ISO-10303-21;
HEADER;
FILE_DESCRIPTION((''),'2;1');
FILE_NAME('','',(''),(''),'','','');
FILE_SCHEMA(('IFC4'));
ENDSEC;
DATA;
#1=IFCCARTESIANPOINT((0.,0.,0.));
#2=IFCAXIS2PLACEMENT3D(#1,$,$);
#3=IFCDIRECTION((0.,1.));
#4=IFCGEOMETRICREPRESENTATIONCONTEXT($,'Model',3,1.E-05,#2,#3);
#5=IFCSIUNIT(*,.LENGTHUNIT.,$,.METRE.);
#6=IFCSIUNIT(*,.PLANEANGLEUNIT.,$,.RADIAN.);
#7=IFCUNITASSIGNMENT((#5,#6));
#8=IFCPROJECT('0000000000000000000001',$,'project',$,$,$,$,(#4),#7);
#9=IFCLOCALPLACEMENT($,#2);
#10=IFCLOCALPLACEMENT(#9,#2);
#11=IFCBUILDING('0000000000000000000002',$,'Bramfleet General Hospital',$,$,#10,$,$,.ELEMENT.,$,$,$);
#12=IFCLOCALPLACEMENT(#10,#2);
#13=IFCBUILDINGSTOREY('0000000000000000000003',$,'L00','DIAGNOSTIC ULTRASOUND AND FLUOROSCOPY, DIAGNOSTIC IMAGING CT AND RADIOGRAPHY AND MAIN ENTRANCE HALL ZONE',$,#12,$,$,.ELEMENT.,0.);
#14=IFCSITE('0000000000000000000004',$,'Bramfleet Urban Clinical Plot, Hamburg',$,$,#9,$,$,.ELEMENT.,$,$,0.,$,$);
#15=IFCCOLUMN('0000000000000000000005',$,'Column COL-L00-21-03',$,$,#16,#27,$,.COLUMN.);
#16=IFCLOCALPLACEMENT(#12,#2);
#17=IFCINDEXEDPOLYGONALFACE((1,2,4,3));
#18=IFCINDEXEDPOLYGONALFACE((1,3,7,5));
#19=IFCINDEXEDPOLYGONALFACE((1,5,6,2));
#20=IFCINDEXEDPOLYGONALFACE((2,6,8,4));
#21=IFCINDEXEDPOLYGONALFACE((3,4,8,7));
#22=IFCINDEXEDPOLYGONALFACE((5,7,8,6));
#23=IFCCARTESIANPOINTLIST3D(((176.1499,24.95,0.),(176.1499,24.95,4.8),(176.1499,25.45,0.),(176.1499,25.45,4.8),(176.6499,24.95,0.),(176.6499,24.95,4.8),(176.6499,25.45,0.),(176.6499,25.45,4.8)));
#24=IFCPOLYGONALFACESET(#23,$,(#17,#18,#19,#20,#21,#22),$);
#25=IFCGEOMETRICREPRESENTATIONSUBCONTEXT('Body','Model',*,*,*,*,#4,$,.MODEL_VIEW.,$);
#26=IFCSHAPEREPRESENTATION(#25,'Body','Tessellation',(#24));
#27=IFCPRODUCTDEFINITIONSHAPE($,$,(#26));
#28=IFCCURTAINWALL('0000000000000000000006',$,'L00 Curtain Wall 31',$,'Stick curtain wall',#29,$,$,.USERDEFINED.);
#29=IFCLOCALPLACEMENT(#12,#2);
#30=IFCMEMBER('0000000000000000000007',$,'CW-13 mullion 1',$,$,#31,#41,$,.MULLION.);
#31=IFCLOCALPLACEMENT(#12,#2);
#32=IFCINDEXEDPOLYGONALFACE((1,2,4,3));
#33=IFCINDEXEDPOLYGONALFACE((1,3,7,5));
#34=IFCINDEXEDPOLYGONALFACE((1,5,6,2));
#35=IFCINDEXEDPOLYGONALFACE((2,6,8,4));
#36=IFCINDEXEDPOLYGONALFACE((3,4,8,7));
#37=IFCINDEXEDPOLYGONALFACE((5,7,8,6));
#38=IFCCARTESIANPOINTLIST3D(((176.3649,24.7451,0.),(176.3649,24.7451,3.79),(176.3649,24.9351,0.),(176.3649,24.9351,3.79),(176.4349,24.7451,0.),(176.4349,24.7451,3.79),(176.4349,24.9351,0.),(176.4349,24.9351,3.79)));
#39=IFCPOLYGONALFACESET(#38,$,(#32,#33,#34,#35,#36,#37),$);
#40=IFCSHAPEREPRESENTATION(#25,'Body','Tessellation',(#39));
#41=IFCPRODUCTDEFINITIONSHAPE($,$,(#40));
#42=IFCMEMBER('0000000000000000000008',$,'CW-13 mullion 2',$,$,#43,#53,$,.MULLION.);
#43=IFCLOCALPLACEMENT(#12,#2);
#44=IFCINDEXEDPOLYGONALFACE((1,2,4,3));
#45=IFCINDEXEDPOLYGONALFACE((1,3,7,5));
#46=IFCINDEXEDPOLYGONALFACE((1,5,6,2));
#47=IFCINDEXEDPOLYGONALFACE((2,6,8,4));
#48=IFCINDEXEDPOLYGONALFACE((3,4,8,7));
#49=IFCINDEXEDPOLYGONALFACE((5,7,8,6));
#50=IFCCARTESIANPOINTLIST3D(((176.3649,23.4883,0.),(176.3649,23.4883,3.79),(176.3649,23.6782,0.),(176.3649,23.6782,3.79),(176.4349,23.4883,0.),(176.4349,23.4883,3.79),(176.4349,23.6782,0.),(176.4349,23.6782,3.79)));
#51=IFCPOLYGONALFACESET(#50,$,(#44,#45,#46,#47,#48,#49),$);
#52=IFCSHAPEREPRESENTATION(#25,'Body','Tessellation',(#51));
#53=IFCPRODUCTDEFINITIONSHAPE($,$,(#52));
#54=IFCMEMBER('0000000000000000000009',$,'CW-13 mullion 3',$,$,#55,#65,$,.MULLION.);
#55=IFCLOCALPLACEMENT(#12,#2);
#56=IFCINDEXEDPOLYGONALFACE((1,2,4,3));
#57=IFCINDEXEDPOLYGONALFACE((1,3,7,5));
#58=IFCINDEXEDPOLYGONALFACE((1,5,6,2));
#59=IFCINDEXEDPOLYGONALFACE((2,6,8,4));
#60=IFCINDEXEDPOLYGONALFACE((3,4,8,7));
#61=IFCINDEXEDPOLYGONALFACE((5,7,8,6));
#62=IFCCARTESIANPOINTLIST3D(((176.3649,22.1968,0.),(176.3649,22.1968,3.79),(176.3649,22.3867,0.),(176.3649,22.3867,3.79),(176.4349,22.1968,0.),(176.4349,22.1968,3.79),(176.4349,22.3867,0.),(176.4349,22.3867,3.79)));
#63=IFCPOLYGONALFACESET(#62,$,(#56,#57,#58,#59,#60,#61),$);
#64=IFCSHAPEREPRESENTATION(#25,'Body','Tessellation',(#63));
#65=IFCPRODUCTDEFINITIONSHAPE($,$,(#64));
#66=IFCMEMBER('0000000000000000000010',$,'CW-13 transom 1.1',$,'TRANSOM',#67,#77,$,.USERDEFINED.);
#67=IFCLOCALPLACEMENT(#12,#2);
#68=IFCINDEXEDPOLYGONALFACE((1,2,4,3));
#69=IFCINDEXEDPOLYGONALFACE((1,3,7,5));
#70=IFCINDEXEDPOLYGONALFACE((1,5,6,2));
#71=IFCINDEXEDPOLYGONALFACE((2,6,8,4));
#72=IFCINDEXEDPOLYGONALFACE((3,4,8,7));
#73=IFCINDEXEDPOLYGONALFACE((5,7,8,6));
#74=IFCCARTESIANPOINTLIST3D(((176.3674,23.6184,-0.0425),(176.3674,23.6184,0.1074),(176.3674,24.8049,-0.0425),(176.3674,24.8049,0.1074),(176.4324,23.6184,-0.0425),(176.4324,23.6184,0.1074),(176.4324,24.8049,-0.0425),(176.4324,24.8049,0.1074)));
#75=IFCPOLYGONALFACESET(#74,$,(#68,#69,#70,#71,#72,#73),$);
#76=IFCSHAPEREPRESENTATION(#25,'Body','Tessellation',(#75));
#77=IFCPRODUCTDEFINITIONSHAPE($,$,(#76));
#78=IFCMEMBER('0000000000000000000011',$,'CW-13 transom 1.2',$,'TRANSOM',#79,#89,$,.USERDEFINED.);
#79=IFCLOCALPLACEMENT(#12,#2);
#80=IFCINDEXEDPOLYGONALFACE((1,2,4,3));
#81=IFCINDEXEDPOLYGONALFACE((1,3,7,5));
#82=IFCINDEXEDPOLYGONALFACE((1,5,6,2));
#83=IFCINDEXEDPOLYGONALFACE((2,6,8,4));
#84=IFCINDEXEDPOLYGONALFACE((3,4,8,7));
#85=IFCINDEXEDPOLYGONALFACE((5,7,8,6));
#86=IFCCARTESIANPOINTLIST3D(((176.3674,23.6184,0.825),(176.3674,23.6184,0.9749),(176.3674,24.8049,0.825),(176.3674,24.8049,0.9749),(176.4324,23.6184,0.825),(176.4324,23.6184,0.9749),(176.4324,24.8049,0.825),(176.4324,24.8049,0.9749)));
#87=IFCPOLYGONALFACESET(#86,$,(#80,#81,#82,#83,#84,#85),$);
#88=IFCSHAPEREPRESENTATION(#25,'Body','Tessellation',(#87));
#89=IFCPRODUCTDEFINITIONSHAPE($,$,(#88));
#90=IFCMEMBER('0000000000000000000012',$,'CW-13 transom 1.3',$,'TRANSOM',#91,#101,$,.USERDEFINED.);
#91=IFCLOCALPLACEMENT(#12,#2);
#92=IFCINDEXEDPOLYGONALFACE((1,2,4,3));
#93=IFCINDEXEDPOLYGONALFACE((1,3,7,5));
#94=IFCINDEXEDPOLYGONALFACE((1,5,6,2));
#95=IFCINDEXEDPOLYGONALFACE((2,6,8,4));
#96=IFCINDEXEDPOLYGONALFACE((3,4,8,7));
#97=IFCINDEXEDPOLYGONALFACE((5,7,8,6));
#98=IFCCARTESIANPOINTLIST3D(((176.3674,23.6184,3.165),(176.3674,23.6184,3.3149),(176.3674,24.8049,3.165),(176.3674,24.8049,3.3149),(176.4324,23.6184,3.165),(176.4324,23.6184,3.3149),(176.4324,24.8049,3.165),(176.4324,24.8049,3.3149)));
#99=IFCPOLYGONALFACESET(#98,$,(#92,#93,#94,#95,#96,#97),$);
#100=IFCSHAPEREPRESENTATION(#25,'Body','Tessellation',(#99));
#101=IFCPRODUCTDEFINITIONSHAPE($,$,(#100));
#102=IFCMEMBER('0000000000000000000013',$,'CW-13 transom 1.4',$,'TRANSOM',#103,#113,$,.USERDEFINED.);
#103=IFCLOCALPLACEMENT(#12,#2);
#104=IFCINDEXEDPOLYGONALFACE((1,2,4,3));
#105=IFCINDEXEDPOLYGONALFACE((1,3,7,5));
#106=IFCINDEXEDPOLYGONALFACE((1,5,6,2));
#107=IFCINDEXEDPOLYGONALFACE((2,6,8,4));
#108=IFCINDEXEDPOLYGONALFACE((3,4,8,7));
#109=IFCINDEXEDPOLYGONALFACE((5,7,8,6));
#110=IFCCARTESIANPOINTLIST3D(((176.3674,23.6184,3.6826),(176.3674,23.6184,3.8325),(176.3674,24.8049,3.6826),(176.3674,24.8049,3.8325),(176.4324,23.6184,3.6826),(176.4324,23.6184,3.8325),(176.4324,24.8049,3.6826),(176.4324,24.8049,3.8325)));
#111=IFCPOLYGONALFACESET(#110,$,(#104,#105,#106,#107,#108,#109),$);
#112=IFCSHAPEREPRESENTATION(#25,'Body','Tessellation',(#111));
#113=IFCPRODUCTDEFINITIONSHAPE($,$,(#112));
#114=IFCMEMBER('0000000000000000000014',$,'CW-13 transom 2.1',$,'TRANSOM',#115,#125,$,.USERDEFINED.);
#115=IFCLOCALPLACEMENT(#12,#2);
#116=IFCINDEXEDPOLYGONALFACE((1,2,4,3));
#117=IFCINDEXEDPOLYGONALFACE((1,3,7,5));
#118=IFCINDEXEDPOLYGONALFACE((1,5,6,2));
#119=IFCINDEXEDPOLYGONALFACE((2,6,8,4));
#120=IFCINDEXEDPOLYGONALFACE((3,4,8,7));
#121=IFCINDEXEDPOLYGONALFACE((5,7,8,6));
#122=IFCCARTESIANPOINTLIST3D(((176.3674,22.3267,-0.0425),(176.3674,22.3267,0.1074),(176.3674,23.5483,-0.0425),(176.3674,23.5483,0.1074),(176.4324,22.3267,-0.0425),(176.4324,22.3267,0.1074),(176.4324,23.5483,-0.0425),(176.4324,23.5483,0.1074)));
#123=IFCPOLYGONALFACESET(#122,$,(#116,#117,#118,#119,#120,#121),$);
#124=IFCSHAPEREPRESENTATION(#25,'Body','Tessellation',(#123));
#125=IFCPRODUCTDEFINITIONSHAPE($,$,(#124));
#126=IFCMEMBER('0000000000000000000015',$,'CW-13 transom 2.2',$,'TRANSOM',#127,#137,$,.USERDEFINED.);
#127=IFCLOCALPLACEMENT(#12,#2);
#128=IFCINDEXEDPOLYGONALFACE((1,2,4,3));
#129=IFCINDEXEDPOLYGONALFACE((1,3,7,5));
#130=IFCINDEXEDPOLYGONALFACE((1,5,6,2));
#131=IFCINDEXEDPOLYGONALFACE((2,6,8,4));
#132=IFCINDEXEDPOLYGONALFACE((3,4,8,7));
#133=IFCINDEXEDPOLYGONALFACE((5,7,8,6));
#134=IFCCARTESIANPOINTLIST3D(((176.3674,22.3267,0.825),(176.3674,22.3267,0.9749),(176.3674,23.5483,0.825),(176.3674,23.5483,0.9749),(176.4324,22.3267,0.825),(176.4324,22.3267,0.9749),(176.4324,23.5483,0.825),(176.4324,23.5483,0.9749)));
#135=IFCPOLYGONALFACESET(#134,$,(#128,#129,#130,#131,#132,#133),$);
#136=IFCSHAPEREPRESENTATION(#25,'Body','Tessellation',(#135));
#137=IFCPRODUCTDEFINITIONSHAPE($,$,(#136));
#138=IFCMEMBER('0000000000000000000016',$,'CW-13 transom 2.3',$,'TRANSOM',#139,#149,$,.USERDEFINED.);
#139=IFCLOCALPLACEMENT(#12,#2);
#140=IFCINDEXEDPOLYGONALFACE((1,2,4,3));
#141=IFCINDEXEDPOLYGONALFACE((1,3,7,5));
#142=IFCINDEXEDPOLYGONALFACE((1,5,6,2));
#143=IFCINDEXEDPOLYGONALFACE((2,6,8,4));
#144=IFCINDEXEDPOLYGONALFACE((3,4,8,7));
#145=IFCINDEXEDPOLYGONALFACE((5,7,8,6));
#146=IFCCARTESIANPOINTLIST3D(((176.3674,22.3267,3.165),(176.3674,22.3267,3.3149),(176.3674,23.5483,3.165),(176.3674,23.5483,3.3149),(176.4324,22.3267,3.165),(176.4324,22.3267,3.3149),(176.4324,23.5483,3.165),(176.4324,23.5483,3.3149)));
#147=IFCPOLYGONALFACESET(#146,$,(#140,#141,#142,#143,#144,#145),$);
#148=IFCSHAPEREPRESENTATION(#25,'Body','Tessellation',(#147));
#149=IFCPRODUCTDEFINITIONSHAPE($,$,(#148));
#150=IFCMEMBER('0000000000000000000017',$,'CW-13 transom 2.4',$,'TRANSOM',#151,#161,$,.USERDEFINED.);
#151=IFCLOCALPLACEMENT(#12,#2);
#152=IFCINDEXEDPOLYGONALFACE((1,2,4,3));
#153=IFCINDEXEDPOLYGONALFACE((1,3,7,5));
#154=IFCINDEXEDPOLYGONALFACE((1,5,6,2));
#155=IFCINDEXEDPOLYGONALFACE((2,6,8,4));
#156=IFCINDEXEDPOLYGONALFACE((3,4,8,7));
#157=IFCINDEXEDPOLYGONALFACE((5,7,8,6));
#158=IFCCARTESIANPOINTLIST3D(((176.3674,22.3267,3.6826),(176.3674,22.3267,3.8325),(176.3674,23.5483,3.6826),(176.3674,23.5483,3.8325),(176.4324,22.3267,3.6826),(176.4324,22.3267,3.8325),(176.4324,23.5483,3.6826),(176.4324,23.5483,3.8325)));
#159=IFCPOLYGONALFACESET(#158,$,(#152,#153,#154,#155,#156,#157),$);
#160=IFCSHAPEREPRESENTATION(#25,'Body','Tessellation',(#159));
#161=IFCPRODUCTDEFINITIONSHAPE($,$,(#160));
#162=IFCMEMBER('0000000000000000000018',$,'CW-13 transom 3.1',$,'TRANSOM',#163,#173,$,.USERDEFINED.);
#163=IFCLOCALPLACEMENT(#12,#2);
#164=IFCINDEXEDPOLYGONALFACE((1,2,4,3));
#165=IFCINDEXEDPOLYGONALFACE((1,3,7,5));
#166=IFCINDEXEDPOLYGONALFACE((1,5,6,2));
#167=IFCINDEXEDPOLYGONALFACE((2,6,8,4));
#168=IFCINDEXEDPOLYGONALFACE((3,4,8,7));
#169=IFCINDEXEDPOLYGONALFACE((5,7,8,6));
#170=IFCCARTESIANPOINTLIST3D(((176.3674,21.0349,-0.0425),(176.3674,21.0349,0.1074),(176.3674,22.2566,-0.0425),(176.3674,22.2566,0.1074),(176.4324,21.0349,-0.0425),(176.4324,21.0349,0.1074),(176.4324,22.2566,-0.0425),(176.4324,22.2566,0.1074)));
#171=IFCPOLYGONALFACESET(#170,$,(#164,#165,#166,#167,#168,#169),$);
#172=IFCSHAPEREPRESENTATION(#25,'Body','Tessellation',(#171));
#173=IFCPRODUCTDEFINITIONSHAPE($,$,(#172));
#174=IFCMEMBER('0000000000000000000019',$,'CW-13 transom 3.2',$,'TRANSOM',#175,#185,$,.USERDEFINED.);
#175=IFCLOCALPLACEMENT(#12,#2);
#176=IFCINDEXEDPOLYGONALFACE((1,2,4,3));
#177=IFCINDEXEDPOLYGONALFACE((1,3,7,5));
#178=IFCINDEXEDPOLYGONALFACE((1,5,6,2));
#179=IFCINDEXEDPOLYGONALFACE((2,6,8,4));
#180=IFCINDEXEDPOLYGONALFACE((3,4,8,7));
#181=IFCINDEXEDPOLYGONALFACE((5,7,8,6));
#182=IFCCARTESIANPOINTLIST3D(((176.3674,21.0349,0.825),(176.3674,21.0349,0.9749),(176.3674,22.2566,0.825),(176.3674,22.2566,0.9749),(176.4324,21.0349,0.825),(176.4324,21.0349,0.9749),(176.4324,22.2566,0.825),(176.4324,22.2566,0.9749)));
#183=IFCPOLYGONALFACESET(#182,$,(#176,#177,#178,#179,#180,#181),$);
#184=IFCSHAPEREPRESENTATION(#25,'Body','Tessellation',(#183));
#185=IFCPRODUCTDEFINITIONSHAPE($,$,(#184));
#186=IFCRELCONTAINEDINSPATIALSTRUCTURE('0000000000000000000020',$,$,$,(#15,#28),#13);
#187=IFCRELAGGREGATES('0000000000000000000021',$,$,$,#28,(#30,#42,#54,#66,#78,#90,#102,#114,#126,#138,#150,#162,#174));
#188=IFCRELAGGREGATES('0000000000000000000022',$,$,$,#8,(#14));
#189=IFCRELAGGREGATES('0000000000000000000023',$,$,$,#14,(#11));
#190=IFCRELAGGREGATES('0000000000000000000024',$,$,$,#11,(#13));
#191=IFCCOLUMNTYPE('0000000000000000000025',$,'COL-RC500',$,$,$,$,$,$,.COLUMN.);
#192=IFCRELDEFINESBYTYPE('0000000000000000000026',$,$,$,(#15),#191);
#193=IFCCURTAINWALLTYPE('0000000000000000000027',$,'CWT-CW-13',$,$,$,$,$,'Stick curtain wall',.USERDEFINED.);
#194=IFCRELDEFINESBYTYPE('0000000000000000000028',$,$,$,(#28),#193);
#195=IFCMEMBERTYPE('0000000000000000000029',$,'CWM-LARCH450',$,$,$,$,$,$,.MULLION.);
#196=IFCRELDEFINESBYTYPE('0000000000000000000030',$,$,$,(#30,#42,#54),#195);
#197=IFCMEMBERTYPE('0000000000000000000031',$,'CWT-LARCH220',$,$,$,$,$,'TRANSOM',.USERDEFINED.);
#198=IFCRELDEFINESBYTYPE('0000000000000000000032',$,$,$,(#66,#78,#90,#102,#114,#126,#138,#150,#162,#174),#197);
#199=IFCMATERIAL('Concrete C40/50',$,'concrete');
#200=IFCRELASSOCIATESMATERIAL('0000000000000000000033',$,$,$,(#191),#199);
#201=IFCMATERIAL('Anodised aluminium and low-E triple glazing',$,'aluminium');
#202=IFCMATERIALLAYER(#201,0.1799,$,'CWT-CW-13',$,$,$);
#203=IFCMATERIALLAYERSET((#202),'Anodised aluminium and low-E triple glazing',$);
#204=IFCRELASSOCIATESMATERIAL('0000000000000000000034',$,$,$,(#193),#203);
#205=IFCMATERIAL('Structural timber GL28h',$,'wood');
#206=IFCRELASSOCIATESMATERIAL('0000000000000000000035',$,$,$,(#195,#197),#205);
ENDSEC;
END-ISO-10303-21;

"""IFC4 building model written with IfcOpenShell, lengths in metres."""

from ifc_helpers import new_model, si_unit, direction, frame, origin, origin_2d, place, context, subcontext, project, spatial, rectangle, extrude, material, layer, layer_set, material_profile, profile_set, type_object, element, aggregate, save


model = new_model("IFC4")

# Units and contexts
model_context = context("Model", 3, precision=1e-05, world=origin(), true_north=direction((0.0, 1.0)))
body_context = subcontext(model_context, "Body", "Model", "MODEL_VIEW")
ifc_project = project(units=[si_unit("LENGTHUNIT", "METRE"), si_unit("PLANEANGLEUNIT", "RADIAN")], contexts=[model_context])

# Site, building, storey
site_placement = place(None, origin())
site = spatial("IfcSite", under=ifc_project, at=site_placement, Name="Bramfleet Urban Clinical Plot, Hamburg", CompositionType="ELEMENT", RefElevation=0.0)
building_placement = place(site_placement, origin())
building = spatial("IfcBuilding", under=site, at=building_placement, Name="Bramfleet General Hospital", CompositionType="ELEMENT")
storey_placement = place(building_placement, origin())
storey = spatial("IfcBuildingStorey", under=building, at=storey_placement, Name="L00", Description="DIAGNOSTIC ULTRASOUND AND FLUOROSCOPY, DIAGNOSTIC IMAGING CT AND RADIOGRAPHY AND MAIN ENTRANCE HALL ZONE", CompositionType="ELEMENT", Elevation=0.0)

# Column
ifc_material_1 = material(Name="Concrete C40/50", Category="concrete")
ifc_material_profile_1 = material_profile(ifc_material_1, rectangle(XDim=0.5, YDim=0.5, at=origin_2d()), Name="RC COL 500x500")
ifc_profile_set_1 = profile_set([ifc_material_profile_1], Name="Concrete C40/50")
column_type = type_object("IfcColumnType", Name="COL-RC500", PredefinedType="COLUMN", material=ifc_profile_set_1)
column_placement = place(storey_placement, frame((176.3999, 25.2, 0.0), z_axis=(0.0, 0.0, 1.0), x_axis=(1.0, 0.0, 0.0)))
element("IfcColumn", 1, at=column_placement, inside=storey, type_object=column_type, Name="Column COL-L00-21-03", PredefinedType="COLUMN", context=body_context, shape_type="SweptSolid", body=[
    extrude(rectangle(XDim=0.5, YDim=0.5, at=origin_2d()), origin(), (0.0, 0.0, 1.0), 4.8),
])

# Curtain wall, members
ifc_material_2 = material(Name="Anodised aluminium and low-E triple glazing", Category="aluminium")
ifc_layer_1 = layer(ifc_material_2, 0.1799, Name="CWT-CW-13")
ifc_layer_set_1 = layer_set([ifc_layer_1], Name="Anodised aluminium and low-E triple glazing")
curtain_wall_type = type_object("IfcCurtainWallType", Name="CWT-CW-13", ElementType="Stick curtain wall", PredefinedType="USERDEFINED", material=ifc_layer_set_1)
curtain_wall_placement = place(storey_placement, origin())
curtain_wall = element("IfcCurtainWall", 2, at=curtain_wall_placement, inside=storey, type_object=curtain_wall_type, Name="L00 Curtain Wall 31", ObjectType="Stick curtain wall", PredefinedType="USERDEFINED")
ifc_material_3 = material(Name="Structural timber GL28h", Category="wood")
ifc_material_profile_2 = material_profile(ifc_material_3, rectangle(XDim=0.0701, YDim=0.1899, at=origin_2d()), Name="LARCH 190x70")
ifc_profile_set_2 = profile_set([ifc_material_profile_2], Name="Structural timber GL28h")
member_type_1 = type_object("IfcMemberType", Name="CWM-LARCH450", PredefinedType="MULLION", material=ifc_profile_set_2)
member_1_placement = place(storey_placement, frame((176.3999, 24.8401, 0.0), z_axis=(0.0, 0.0, 1.0), x_axis=(1.0, 0.0, 0.0)))
member_1 = element("IfcMember", 3, at=member_1_placement, type_object=member_type_1, Name="CW-13 mullion 1", PredefinedType="MULLION", context=body_context, shape_type="SweptSolid", body=[
    extrude(rectangle(XDim=0.0701, YDim=0.1899, at=origin_2d()), origin(), (0.0, 0.0, 1.0), 3.79),
])
member_2_placement = place(storey_placement, frame((176.3999, 23.5833, 0.0), z_axis=(0.0, 0.0, 1.0), x_axis=(1.0, 0.0, 0.0)))
member_2 = element("IfcMember", 4, at=member_2_placement, type_object=member_type_1, Name="CW-13 mullion 2", PredefinedType="MULLION", context=body_context, shape_type="SweptSolid", body=[
    extrude(rectangle(XDim=0.0701, YDim=0.1899, at=origin_2d()), origin(), (0.0, 0.0, 1.0), 3.79),
])
member_3_placement = place(storey_placement, frame((176.3999, 22.2917, 0.0), z_axis=(0.0, 0.0, 1.0), x_axis=(1.0, 0.0, 0.0)))
member_3 = element("IfcMember", 5, at=member_3_placement, type_object=member_type_1, Name="CW-13 mullion 3", PredefinedType="MULLION", context=body_context, shape_type="SweptSolid", body=[
    extrude(rectangle(XDim=0.0701, YDim=0.1899, at=origin_2d()), origin(), (0.0, 0.0, 1.0), 3.79),
])
ifc_material_profile_3 = material_profile(ifc_material_3, rectangle(XDim=0.0649, YDim=0.1499, at=origin_2d()), Name="LARCH 150x65")
ifc_profile_set_3 = profile_set([ifc_material_profile_3], Name="Structural timber GL28h")
member_type_2 = type_object("IfcMemberType", Name="CWT-LARCH220", ElementType="TRANSOM", PredefinedType="USERDEFINED", material=ifc_profile_set_3)
member_4_placement = place(storey_placement, frame((176.3999, 24.8049, 0.0325), z_axis=(0.0, -1.0, 0.0), x_axis=(1.0, 0.0, 0.0)))
member_4 = element("IfcMember", 6, at=member_4_placement, type_object=member_type_2, Name="CW-13 transom 1.1", ObjectType="TRANSOM", PredefinedType="USERDEFINED", context=body_context, shape_type="SweptSolid", body=[
    extrude(rectangle(XDim=0.0649, YDim=0.1499, at=origin_2d()), origin(), (0.0, 0.0, 1.0), 1.1865),
])
member_5_placement = place(storey_placement, frame((176.3999, 24.8049, 0.8999), z_axis=(0.0, -1.0, 0.0), x_axis=(1.0, 0.0, 0.0)))
member_5 = element("IfcMember", 7, at=member_5_placement, type_object=member_type_2, Name="CW-13 transom 1.2", ObjectType="TRANSOM", PredefinedType="USERDEFINED", context=body_context, shape_type="SweptSolid", body=[
    extrude(rectangle(XDim=0.0649, YDim=0.1499, at=origin_2d()), origin(), (0.0, 0.0, 1.0), 1.1865),
])
member_6_placement = place(storey_placement, frame((176.3999, 24.8049, 3.24), z_axis=(0.0, -1.0, 0.0), x_axis=(1.0, 0.0, 0.0)))
member_6 = element("IfcMember", 8, at=member_6_placement, type_object=member_type_2, Name="CW-13 transom 1.3", ObjectType="TRANSOM", PredefinedType="USERDEFINED", context=body_context, shape_type="SweptSolid", body=[
    extrude(rectangle(XDim=0.0649, YDim=0.1499, at=origin_2d()), origin(), (0.0, 0.0, 1.0), 1.1865),
])
member_7_placement = place(storey_placement, frame((176.3999, 24.8049, 3.7576), z_axis=(0.0, -1.0, 0.0), x_axis=(1.0, 0.0, 0.0)))
member_7 = element("IfcMember", 9, at=member_7_placement, type_object=member_type_2, Name="CW-13 transom 1.4", ObjectType="TRANSOM", PredefinedType="USERDEFINED", context=body_context, shape_type="SweptSolid", body=[
    extrude(rectangle(XDim=0.0649, YDim=0.1499, at=origin_2d()), origin(), (0.0, 0.0, 1.0), 1.1865),
])
member_8_placement = place(storey_placement, frame((176.3999, 23.5483, 0.0325), z_axis=(0.0, -1.0, 0.0), x_axis=(1.0, 0.0, 0.0)))
member_8 = element("IfcMember", 10, at=member_8_placement, type_object=member_type_2, Name="CW-13 transom 2.1", ObjectType="TRANSOM", PredefinedType="USERDEFINED", context=body_context, shape_type="SweptSolid", body=[
    extrude(rectangle(XDim=0.0649, YDim=0.1499, at=origin_2d()), origin(), (0.0, 0.0, 1.0), 1.2217),
])
member_9_placement = place(storey_placement, frame((176.3999, 23.5483, 0.8999), z_axis=(0.0, -1.0, 0.0), x_axis=(1.0, 0.0, 0.0)))
member_9 = element("IfcMember", 11, at=member_9_placement, type_object=member_type_2, Name="CW-13 transom 2.2", ObjectType="TRANSOM", PredefinedType="USERDEFINED", context=body_context, shape_type="SweptSolid", body=[
    extrude(rectangle(XDim=0.0649, YDim=0.1499, at=origin_2d()), origin(), (0.0, 0.0, 1.0), 1.2217),
])
member_10_placement = place(storey_placement, frame((176.3999, 23.5483, 3.24), z_axis=(0.0, -1.0, 0.0), x_axis=(1.0, 0.0, 0.0)))
member_10 = element("IfcMember", 12, at=member_10_placement, type_object=member_type_2, Name="CW-13 transom 2.3", ObjectType="TRANSOM", PredefinedType="USERDEFINED", context=body_context, shape_type="SweptSolid", body=[
    extrude(rectangle(XDim=0.0649, YDim=0.1499, at=origin_2d()), origin(), (0.0, 0.0, 1.0), 1.2217),
])
member_11_placement = place(storey_placement, frame((176.3999, 23.5483, 3.7576), z_axis=(0.0, -1.0, 0.0), x_axis=(1.0, 0.0, 0.0)))
member_11 = element("IfcMember", 13, at=member_11_placement, type_object=member_type_2, Name="CW-13 transom 2.4", ObjectType="TRANSOM", PredefinedType="USERDEFINED", context=body_context, shape_type="SweptSolid", body=[
    extrude(rectangle(XDim=0.0649, YDim=0.1499, at=origin_2d()), origin(), (0.0, 0.0, 1.0), 1.2217),
])
member_12_placement = place(storey_placement, frame((176.3999, 22.2566, 0.0325), z_axis=(0.0, -1.0, 0.0), x_axis=(1.0, 0.0, 0.0)))
member_12 = element("IfcMember", 14, at=member_12_placement, type_object=member_type_2, Name="CW-13 transom 3.1", ObjectType="TRANSOM", PredefinedType="USERDEFINED", context=body_context, shape_type="SweptSolid", body=[
    extrude(rectangle(XDim=0.0649, YDim=0.1499, at=origin_2d()), origin(), (0.0, 0.0, 1.0), 1.2217),
])
member_13_placement = place(storey_placement, frame((176.3999, 22.2566, 0.8999), z_axis=(0.0, -1.0, 0.0), x_axis=(1.0, 0.0, 0.0)))
member_13 = element("IfcMember", 15, at=member_13_placement, type_object=member_type_2, Name="CW-13 transom 3.2", ObjectType="TRANSOM", PredefinedType="USERDEFINED", context=body_context, shape_type="SweptSolid", body=[
    extrude(rectangle(XDim=0.0649, YDim=0.1499, at=origin_2d()), origin(), (0.0, 0.0, 1.0), 1.2217),
])
aggregate(curtain_wall, [member_1, member_2, member_3, member_4, member_5, member_6, member_7, member_8, member_9, member_10, member_11, member_12, member_13])

save(model, "model.ifc")
